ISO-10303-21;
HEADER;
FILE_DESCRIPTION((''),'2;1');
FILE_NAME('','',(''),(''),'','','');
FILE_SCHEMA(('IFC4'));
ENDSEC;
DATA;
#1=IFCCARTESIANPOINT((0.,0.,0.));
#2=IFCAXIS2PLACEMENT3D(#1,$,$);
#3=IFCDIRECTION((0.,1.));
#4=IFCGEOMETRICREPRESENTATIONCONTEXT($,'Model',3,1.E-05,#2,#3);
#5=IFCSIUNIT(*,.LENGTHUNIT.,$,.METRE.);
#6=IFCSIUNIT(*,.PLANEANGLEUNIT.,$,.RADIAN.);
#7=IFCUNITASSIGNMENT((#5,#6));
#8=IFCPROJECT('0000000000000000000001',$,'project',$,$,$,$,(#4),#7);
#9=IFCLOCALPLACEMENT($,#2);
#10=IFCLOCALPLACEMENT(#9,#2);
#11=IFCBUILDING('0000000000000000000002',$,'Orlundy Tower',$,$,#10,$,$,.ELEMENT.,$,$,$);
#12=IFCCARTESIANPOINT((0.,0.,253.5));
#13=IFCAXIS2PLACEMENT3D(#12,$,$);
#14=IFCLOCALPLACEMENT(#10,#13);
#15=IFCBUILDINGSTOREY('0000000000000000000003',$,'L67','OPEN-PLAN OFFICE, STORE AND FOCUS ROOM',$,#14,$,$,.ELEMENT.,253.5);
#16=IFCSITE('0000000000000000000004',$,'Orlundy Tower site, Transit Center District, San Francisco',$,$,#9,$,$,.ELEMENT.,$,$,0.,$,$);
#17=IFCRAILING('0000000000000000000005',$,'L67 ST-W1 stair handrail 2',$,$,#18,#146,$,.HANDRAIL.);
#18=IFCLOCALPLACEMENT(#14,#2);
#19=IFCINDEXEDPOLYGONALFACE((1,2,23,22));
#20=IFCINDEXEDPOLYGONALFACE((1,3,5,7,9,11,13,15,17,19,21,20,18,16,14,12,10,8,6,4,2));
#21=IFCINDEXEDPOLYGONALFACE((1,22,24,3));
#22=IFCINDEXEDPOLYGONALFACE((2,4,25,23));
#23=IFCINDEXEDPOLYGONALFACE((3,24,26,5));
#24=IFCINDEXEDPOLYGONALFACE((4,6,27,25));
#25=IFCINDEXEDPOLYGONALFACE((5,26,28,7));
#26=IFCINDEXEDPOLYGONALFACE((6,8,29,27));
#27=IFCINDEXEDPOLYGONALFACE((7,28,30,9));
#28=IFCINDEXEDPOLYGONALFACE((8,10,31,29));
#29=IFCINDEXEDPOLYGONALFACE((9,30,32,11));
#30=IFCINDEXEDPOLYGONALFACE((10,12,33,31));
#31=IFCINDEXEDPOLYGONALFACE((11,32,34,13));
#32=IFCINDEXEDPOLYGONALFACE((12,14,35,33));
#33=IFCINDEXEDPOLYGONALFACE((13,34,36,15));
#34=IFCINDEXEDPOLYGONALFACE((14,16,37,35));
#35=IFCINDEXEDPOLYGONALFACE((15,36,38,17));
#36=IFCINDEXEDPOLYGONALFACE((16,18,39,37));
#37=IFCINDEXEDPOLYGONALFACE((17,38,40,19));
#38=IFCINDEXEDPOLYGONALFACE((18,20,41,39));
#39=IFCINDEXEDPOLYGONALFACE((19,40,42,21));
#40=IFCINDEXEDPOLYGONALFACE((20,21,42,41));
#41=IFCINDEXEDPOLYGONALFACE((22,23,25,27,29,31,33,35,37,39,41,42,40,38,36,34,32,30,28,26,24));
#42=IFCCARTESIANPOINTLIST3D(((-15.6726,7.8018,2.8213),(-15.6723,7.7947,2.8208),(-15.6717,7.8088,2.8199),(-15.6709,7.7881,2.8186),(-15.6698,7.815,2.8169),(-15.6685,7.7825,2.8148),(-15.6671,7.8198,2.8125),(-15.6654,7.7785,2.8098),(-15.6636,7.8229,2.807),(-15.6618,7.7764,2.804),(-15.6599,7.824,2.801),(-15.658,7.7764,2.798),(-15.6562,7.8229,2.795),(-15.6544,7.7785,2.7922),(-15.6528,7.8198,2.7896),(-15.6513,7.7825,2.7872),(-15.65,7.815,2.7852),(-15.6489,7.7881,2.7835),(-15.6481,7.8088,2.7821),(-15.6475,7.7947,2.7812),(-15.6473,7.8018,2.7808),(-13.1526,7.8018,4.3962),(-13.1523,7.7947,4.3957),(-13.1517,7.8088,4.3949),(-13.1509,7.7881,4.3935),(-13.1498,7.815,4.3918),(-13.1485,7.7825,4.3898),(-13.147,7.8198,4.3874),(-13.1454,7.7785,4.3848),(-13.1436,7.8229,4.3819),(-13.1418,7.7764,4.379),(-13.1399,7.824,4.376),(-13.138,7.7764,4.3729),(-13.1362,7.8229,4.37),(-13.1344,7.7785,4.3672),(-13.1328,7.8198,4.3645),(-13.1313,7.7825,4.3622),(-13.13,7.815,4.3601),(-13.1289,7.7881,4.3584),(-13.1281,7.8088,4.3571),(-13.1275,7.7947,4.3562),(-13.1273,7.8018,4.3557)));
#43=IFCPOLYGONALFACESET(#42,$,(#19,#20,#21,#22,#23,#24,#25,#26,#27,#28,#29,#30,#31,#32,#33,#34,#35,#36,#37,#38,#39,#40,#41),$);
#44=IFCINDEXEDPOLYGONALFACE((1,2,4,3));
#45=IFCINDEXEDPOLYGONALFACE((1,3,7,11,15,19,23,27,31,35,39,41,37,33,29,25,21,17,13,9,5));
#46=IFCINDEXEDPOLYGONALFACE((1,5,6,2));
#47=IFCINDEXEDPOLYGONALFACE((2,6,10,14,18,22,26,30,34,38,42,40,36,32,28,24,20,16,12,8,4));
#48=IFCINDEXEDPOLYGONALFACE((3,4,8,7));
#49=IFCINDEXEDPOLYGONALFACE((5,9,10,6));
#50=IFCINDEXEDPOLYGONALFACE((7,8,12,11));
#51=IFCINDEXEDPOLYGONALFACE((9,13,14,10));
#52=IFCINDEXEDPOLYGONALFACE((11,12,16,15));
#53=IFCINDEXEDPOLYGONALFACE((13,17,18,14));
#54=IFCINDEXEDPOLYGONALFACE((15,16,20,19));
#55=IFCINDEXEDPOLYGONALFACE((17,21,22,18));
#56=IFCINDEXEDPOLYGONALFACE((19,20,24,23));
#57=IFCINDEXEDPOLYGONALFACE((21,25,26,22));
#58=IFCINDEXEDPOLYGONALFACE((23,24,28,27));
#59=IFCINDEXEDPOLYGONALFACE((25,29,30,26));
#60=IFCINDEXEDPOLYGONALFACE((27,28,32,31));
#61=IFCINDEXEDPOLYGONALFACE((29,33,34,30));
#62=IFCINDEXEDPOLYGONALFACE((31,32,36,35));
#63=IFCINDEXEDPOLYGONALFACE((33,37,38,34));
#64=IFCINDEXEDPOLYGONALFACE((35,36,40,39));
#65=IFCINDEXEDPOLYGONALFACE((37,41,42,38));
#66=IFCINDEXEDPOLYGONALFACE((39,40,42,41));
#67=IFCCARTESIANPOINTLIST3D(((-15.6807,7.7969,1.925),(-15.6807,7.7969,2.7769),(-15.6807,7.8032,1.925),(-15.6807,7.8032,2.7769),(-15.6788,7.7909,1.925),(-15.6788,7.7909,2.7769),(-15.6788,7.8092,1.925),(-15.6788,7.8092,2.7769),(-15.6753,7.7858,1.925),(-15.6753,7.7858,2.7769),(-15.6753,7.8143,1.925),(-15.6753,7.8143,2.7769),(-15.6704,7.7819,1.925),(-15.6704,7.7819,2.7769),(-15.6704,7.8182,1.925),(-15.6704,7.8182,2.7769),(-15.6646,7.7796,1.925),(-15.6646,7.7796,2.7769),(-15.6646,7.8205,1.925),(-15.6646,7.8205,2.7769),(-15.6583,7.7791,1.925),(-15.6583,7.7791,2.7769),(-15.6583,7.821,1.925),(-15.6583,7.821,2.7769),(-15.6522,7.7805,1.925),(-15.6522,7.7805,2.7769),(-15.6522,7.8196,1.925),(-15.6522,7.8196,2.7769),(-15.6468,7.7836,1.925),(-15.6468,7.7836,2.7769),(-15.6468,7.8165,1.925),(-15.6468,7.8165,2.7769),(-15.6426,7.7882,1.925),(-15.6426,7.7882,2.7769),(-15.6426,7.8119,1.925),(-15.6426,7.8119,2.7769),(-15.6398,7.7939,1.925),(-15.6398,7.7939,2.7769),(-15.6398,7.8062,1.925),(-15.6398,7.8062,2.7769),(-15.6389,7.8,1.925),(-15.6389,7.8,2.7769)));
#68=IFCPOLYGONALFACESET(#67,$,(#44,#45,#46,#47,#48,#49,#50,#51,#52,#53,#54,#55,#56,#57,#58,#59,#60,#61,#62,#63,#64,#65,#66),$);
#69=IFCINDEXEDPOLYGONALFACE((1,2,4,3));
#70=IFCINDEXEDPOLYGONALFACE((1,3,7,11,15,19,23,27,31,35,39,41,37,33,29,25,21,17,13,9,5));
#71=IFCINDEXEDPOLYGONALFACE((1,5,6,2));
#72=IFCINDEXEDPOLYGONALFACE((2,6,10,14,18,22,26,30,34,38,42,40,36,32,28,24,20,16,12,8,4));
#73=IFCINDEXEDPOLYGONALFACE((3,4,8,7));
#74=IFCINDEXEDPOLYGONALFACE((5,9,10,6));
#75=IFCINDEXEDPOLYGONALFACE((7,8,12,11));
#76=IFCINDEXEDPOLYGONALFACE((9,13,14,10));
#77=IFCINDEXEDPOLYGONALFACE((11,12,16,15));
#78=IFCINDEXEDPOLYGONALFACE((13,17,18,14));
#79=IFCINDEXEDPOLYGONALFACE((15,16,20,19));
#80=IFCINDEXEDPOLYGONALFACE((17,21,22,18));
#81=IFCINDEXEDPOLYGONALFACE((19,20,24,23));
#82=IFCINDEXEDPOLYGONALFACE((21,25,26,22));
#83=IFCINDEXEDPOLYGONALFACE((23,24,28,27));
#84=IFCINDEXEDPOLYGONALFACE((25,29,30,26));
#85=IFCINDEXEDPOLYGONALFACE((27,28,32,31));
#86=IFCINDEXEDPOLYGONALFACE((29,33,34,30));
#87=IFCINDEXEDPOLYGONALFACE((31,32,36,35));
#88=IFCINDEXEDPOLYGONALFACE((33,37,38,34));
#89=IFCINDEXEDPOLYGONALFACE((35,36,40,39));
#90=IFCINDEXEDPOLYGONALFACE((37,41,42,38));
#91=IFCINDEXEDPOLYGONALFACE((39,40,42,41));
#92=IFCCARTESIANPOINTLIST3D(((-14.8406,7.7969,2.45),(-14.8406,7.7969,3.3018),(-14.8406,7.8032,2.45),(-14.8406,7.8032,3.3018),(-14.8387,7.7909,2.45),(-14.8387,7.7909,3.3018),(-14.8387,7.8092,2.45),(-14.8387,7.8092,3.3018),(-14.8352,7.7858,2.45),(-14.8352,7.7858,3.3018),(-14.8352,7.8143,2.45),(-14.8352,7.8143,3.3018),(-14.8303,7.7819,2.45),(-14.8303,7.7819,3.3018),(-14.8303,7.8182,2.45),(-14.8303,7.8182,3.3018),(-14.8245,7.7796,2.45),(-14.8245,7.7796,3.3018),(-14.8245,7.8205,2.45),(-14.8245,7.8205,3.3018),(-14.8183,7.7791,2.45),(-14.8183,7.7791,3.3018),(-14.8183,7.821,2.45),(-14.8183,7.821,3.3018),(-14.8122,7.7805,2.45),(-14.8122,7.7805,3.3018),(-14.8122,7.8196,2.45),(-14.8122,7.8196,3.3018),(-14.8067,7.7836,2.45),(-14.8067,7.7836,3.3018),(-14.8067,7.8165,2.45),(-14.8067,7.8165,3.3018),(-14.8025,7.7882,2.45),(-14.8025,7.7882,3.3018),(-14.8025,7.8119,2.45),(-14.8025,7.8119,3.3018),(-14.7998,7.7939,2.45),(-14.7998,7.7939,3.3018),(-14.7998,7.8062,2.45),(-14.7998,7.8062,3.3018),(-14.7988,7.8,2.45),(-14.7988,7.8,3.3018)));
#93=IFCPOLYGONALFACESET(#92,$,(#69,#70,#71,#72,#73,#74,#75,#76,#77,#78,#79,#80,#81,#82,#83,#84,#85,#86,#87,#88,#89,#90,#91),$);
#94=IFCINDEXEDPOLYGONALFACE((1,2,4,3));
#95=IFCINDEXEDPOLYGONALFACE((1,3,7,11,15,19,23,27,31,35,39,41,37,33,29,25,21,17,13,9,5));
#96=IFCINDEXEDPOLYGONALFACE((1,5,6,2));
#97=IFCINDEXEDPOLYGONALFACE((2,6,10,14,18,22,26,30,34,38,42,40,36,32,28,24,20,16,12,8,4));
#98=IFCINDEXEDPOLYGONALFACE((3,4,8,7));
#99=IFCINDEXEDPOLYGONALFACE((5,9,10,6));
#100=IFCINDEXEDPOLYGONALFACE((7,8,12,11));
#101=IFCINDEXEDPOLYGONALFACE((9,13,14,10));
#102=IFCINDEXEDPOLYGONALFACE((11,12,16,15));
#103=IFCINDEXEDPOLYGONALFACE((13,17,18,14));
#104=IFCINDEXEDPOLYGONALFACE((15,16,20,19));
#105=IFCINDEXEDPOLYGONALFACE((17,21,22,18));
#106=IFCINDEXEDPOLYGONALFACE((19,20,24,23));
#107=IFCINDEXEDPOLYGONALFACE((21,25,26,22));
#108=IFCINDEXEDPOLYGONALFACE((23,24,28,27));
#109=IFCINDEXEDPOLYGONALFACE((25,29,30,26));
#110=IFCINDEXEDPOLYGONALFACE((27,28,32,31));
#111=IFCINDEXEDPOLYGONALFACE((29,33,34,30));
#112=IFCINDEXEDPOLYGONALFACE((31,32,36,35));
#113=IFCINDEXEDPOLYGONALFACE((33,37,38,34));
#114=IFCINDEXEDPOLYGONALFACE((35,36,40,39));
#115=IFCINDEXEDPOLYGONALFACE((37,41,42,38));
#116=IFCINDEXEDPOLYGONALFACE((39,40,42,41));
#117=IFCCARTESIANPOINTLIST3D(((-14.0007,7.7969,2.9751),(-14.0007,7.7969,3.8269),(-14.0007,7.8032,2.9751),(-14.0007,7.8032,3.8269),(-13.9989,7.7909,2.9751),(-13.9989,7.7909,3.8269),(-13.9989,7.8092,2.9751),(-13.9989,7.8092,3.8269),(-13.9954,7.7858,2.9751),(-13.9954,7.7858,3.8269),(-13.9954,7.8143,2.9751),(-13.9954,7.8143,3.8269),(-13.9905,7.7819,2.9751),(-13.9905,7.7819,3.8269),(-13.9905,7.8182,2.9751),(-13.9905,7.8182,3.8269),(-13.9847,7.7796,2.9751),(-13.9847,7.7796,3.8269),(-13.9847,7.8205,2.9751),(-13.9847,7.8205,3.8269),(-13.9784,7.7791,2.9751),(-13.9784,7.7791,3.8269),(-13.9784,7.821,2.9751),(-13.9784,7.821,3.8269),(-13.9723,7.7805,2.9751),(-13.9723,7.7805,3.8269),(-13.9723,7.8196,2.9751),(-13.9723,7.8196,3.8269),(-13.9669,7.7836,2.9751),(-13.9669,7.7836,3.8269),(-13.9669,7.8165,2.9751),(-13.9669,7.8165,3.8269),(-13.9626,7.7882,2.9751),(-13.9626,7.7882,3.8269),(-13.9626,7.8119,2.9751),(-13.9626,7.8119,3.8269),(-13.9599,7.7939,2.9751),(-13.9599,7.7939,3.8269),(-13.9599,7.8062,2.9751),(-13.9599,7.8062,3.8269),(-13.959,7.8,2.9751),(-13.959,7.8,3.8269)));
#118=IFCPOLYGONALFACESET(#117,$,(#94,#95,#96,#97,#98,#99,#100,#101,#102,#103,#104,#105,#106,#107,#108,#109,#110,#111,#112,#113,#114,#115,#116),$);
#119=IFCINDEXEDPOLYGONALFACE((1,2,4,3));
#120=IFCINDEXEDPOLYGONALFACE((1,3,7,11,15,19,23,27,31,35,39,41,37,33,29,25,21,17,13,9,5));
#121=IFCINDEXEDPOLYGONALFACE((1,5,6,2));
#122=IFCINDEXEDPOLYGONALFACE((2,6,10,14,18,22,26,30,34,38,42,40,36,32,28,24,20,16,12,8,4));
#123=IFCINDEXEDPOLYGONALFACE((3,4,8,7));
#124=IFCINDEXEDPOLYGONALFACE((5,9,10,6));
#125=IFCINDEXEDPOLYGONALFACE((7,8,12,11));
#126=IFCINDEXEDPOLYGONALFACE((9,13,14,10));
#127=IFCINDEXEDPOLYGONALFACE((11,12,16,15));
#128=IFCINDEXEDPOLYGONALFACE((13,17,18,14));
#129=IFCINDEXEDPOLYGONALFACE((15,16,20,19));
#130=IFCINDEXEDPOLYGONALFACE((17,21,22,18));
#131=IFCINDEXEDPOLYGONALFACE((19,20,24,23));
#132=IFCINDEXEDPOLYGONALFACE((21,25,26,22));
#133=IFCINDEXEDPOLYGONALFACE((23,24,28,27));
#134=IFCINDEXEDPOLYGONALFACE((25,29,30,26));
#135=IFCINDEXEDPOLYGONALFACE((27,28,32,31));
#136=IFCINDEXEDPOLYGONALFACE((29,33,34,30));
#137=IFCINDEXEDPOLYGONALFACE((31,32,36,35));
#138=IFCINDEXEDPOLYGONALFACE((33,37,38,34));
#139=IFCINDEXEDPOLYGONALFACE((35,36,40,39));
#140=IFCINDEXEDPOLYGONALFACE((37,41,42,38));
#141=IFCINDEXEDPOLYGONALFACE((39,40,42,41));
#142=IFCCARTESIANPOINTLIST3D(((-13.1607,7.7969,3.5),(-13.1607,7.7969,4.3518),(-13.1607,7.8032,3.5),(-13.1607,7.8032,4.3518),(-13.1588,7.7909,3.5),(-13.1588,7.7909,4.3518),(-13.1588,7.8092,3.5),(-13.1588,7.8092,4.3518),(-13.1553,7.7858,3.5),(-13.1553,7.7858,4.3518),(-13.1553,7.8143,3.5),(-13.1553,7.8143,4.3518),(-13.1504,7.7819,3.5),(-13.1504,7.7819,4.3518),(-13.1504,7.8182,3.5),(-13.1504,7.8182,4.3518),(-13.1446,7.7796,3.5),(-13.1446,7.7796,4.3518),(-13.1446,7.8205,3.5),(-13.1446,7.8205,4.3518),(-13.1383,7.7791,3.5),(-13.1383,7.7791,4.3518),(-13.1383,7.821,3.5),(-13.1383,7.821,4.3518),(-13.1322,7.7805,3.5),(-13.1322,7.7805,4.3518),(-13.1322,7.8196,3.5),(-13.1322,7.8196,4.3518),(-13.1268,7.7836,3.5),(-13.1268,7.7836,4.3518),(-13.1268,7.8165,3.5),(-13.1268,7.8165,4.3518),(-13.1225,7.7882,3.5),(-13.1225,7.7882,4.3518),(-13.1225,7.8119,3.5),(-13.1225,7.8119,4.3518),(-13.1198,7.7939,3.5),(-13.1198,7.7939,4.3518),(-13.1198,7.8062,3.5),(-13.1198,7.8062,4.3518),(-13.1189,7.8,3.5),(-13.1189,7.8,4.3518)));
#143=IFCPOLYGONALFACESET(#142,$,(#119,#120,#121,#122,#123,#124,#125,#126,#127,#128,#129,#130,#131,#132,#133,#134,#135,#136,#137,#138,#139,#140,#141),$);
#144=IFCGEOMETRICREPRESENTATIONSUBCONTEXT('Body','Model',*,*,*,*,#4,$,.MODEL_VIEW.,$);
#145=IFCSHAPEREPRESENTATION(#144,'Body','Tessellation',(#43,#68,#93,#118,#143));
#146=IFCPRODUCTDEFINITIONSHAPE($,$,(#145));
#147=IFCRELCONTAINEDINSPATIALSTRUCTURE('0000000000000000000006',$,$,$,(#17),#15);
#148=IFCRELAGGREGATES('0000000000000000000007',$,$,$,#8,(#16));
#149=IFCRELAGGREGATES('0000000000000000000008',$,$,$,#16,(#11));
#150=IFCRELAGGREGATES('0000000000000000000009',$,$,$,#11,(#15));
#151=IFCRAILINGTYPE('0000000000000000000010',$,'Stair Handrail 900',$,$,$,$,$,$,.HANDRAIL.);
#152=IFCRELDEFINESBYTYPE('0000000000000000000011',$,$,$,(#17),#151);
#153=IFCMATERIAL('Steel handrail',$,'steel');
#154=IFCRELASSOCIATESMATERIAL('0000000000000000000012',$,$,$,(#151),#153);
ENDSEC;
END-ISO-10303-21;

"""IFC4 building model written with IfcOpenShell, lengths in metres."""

from ifc_helpers import new_model, si_unit, direction, frame, origin, origin_2d, place, context, subcontext, project, spatial, circle, extrude, material, type_object, element, save


model = new_model("IFC4")

# Units and contexts
model_context = context("Model", 3, precision=1e-05, world=origin(), true_north=direction((0.0, 1.0)))
body_context = subcontext(model_context, "Body", "Model", "MODEL_VIEW")
ifc_project = project(units=[si_unit("LENGTHUNIT", "METRE"), si_unit("PLANEANGLEUNIT", "RADIAN")], contexts=[model_context])

# Site, building, storey
site_placement = place(None, origin())
site = spatial("IfcSite", under=ifc_project, at=site_placement, Name="Orlundy Tower site, Transit Center District, San Francisco", CompositionType="ELEMENT", RefElevation=0.0)
building_placement = place(site_placement, origin())
building = spatial("IfcBuilding", under=site, at=building_placement, Name="Orlundy Tower", CompositionType="ELEMENT")
storey_placement = place(building_placement, frame((0.0, 0.0, 253.5)))
storey = spatial("IfcBuildingStorey", under=building, at=storey_placement, Name="L67", Description="OPEN-PLAN OFFICE, STORE AND FOCUS ROOM", CompositionType="ELEMENT", Elevation=253.5)

# Railing
ifc_material_1 = material(Name="Steel handrail", Category="steel")
railing_type_1 = type_object("IfcRailingType", Name="Stair Handrail 900", PredefinedType="HANDRAIL", material=ifc_material_1)
railing_1_placement = place(storey_placement, frame((-15.6599, 7.8, 1.925)))
element("IfcRailing", 1, at=railing_1_placement, inside=storey, type_object=railing_type_1, Name="L67 ST-W1 stair handrail 2", PredefinedType="HANDRAIL", context=body_context, shape_type="SweptSolid", body=[
    extrude(circle(Radius=0.0239, at=origin_2d()), frame((0.0, 0.0, 0.876), z_axis=(0.848008, 0.0, 0.529984), x_axis=(0.0, 1.0, 0.0)), (0.0, 0.0, 1.0), 2.9717),
    extrude(circle(Radius=0.021, at=origin_2d()), origin(), (0.0, 0.0, 1.0), 0.8518),
    extrude(circle(Radius=0.021, at=origin_2d()), frame((0.8401, 0.0, 0.5249)), (0.0, 0.0, 1.0), 0.8518),
    extrude(circle(Radius=0.021, at=origin_2d()), frame((1.6799, 0.0, 1.05)), (0.0, 0.0, 1.0), 0.8518),
    extrude(circle(Radius=0.021, at=origin_2d()), frame((2.52, 0.0, 1.575)), (0.0, 0.0, 1.0), 0.8518),
])

save(model, "model.ifc")
